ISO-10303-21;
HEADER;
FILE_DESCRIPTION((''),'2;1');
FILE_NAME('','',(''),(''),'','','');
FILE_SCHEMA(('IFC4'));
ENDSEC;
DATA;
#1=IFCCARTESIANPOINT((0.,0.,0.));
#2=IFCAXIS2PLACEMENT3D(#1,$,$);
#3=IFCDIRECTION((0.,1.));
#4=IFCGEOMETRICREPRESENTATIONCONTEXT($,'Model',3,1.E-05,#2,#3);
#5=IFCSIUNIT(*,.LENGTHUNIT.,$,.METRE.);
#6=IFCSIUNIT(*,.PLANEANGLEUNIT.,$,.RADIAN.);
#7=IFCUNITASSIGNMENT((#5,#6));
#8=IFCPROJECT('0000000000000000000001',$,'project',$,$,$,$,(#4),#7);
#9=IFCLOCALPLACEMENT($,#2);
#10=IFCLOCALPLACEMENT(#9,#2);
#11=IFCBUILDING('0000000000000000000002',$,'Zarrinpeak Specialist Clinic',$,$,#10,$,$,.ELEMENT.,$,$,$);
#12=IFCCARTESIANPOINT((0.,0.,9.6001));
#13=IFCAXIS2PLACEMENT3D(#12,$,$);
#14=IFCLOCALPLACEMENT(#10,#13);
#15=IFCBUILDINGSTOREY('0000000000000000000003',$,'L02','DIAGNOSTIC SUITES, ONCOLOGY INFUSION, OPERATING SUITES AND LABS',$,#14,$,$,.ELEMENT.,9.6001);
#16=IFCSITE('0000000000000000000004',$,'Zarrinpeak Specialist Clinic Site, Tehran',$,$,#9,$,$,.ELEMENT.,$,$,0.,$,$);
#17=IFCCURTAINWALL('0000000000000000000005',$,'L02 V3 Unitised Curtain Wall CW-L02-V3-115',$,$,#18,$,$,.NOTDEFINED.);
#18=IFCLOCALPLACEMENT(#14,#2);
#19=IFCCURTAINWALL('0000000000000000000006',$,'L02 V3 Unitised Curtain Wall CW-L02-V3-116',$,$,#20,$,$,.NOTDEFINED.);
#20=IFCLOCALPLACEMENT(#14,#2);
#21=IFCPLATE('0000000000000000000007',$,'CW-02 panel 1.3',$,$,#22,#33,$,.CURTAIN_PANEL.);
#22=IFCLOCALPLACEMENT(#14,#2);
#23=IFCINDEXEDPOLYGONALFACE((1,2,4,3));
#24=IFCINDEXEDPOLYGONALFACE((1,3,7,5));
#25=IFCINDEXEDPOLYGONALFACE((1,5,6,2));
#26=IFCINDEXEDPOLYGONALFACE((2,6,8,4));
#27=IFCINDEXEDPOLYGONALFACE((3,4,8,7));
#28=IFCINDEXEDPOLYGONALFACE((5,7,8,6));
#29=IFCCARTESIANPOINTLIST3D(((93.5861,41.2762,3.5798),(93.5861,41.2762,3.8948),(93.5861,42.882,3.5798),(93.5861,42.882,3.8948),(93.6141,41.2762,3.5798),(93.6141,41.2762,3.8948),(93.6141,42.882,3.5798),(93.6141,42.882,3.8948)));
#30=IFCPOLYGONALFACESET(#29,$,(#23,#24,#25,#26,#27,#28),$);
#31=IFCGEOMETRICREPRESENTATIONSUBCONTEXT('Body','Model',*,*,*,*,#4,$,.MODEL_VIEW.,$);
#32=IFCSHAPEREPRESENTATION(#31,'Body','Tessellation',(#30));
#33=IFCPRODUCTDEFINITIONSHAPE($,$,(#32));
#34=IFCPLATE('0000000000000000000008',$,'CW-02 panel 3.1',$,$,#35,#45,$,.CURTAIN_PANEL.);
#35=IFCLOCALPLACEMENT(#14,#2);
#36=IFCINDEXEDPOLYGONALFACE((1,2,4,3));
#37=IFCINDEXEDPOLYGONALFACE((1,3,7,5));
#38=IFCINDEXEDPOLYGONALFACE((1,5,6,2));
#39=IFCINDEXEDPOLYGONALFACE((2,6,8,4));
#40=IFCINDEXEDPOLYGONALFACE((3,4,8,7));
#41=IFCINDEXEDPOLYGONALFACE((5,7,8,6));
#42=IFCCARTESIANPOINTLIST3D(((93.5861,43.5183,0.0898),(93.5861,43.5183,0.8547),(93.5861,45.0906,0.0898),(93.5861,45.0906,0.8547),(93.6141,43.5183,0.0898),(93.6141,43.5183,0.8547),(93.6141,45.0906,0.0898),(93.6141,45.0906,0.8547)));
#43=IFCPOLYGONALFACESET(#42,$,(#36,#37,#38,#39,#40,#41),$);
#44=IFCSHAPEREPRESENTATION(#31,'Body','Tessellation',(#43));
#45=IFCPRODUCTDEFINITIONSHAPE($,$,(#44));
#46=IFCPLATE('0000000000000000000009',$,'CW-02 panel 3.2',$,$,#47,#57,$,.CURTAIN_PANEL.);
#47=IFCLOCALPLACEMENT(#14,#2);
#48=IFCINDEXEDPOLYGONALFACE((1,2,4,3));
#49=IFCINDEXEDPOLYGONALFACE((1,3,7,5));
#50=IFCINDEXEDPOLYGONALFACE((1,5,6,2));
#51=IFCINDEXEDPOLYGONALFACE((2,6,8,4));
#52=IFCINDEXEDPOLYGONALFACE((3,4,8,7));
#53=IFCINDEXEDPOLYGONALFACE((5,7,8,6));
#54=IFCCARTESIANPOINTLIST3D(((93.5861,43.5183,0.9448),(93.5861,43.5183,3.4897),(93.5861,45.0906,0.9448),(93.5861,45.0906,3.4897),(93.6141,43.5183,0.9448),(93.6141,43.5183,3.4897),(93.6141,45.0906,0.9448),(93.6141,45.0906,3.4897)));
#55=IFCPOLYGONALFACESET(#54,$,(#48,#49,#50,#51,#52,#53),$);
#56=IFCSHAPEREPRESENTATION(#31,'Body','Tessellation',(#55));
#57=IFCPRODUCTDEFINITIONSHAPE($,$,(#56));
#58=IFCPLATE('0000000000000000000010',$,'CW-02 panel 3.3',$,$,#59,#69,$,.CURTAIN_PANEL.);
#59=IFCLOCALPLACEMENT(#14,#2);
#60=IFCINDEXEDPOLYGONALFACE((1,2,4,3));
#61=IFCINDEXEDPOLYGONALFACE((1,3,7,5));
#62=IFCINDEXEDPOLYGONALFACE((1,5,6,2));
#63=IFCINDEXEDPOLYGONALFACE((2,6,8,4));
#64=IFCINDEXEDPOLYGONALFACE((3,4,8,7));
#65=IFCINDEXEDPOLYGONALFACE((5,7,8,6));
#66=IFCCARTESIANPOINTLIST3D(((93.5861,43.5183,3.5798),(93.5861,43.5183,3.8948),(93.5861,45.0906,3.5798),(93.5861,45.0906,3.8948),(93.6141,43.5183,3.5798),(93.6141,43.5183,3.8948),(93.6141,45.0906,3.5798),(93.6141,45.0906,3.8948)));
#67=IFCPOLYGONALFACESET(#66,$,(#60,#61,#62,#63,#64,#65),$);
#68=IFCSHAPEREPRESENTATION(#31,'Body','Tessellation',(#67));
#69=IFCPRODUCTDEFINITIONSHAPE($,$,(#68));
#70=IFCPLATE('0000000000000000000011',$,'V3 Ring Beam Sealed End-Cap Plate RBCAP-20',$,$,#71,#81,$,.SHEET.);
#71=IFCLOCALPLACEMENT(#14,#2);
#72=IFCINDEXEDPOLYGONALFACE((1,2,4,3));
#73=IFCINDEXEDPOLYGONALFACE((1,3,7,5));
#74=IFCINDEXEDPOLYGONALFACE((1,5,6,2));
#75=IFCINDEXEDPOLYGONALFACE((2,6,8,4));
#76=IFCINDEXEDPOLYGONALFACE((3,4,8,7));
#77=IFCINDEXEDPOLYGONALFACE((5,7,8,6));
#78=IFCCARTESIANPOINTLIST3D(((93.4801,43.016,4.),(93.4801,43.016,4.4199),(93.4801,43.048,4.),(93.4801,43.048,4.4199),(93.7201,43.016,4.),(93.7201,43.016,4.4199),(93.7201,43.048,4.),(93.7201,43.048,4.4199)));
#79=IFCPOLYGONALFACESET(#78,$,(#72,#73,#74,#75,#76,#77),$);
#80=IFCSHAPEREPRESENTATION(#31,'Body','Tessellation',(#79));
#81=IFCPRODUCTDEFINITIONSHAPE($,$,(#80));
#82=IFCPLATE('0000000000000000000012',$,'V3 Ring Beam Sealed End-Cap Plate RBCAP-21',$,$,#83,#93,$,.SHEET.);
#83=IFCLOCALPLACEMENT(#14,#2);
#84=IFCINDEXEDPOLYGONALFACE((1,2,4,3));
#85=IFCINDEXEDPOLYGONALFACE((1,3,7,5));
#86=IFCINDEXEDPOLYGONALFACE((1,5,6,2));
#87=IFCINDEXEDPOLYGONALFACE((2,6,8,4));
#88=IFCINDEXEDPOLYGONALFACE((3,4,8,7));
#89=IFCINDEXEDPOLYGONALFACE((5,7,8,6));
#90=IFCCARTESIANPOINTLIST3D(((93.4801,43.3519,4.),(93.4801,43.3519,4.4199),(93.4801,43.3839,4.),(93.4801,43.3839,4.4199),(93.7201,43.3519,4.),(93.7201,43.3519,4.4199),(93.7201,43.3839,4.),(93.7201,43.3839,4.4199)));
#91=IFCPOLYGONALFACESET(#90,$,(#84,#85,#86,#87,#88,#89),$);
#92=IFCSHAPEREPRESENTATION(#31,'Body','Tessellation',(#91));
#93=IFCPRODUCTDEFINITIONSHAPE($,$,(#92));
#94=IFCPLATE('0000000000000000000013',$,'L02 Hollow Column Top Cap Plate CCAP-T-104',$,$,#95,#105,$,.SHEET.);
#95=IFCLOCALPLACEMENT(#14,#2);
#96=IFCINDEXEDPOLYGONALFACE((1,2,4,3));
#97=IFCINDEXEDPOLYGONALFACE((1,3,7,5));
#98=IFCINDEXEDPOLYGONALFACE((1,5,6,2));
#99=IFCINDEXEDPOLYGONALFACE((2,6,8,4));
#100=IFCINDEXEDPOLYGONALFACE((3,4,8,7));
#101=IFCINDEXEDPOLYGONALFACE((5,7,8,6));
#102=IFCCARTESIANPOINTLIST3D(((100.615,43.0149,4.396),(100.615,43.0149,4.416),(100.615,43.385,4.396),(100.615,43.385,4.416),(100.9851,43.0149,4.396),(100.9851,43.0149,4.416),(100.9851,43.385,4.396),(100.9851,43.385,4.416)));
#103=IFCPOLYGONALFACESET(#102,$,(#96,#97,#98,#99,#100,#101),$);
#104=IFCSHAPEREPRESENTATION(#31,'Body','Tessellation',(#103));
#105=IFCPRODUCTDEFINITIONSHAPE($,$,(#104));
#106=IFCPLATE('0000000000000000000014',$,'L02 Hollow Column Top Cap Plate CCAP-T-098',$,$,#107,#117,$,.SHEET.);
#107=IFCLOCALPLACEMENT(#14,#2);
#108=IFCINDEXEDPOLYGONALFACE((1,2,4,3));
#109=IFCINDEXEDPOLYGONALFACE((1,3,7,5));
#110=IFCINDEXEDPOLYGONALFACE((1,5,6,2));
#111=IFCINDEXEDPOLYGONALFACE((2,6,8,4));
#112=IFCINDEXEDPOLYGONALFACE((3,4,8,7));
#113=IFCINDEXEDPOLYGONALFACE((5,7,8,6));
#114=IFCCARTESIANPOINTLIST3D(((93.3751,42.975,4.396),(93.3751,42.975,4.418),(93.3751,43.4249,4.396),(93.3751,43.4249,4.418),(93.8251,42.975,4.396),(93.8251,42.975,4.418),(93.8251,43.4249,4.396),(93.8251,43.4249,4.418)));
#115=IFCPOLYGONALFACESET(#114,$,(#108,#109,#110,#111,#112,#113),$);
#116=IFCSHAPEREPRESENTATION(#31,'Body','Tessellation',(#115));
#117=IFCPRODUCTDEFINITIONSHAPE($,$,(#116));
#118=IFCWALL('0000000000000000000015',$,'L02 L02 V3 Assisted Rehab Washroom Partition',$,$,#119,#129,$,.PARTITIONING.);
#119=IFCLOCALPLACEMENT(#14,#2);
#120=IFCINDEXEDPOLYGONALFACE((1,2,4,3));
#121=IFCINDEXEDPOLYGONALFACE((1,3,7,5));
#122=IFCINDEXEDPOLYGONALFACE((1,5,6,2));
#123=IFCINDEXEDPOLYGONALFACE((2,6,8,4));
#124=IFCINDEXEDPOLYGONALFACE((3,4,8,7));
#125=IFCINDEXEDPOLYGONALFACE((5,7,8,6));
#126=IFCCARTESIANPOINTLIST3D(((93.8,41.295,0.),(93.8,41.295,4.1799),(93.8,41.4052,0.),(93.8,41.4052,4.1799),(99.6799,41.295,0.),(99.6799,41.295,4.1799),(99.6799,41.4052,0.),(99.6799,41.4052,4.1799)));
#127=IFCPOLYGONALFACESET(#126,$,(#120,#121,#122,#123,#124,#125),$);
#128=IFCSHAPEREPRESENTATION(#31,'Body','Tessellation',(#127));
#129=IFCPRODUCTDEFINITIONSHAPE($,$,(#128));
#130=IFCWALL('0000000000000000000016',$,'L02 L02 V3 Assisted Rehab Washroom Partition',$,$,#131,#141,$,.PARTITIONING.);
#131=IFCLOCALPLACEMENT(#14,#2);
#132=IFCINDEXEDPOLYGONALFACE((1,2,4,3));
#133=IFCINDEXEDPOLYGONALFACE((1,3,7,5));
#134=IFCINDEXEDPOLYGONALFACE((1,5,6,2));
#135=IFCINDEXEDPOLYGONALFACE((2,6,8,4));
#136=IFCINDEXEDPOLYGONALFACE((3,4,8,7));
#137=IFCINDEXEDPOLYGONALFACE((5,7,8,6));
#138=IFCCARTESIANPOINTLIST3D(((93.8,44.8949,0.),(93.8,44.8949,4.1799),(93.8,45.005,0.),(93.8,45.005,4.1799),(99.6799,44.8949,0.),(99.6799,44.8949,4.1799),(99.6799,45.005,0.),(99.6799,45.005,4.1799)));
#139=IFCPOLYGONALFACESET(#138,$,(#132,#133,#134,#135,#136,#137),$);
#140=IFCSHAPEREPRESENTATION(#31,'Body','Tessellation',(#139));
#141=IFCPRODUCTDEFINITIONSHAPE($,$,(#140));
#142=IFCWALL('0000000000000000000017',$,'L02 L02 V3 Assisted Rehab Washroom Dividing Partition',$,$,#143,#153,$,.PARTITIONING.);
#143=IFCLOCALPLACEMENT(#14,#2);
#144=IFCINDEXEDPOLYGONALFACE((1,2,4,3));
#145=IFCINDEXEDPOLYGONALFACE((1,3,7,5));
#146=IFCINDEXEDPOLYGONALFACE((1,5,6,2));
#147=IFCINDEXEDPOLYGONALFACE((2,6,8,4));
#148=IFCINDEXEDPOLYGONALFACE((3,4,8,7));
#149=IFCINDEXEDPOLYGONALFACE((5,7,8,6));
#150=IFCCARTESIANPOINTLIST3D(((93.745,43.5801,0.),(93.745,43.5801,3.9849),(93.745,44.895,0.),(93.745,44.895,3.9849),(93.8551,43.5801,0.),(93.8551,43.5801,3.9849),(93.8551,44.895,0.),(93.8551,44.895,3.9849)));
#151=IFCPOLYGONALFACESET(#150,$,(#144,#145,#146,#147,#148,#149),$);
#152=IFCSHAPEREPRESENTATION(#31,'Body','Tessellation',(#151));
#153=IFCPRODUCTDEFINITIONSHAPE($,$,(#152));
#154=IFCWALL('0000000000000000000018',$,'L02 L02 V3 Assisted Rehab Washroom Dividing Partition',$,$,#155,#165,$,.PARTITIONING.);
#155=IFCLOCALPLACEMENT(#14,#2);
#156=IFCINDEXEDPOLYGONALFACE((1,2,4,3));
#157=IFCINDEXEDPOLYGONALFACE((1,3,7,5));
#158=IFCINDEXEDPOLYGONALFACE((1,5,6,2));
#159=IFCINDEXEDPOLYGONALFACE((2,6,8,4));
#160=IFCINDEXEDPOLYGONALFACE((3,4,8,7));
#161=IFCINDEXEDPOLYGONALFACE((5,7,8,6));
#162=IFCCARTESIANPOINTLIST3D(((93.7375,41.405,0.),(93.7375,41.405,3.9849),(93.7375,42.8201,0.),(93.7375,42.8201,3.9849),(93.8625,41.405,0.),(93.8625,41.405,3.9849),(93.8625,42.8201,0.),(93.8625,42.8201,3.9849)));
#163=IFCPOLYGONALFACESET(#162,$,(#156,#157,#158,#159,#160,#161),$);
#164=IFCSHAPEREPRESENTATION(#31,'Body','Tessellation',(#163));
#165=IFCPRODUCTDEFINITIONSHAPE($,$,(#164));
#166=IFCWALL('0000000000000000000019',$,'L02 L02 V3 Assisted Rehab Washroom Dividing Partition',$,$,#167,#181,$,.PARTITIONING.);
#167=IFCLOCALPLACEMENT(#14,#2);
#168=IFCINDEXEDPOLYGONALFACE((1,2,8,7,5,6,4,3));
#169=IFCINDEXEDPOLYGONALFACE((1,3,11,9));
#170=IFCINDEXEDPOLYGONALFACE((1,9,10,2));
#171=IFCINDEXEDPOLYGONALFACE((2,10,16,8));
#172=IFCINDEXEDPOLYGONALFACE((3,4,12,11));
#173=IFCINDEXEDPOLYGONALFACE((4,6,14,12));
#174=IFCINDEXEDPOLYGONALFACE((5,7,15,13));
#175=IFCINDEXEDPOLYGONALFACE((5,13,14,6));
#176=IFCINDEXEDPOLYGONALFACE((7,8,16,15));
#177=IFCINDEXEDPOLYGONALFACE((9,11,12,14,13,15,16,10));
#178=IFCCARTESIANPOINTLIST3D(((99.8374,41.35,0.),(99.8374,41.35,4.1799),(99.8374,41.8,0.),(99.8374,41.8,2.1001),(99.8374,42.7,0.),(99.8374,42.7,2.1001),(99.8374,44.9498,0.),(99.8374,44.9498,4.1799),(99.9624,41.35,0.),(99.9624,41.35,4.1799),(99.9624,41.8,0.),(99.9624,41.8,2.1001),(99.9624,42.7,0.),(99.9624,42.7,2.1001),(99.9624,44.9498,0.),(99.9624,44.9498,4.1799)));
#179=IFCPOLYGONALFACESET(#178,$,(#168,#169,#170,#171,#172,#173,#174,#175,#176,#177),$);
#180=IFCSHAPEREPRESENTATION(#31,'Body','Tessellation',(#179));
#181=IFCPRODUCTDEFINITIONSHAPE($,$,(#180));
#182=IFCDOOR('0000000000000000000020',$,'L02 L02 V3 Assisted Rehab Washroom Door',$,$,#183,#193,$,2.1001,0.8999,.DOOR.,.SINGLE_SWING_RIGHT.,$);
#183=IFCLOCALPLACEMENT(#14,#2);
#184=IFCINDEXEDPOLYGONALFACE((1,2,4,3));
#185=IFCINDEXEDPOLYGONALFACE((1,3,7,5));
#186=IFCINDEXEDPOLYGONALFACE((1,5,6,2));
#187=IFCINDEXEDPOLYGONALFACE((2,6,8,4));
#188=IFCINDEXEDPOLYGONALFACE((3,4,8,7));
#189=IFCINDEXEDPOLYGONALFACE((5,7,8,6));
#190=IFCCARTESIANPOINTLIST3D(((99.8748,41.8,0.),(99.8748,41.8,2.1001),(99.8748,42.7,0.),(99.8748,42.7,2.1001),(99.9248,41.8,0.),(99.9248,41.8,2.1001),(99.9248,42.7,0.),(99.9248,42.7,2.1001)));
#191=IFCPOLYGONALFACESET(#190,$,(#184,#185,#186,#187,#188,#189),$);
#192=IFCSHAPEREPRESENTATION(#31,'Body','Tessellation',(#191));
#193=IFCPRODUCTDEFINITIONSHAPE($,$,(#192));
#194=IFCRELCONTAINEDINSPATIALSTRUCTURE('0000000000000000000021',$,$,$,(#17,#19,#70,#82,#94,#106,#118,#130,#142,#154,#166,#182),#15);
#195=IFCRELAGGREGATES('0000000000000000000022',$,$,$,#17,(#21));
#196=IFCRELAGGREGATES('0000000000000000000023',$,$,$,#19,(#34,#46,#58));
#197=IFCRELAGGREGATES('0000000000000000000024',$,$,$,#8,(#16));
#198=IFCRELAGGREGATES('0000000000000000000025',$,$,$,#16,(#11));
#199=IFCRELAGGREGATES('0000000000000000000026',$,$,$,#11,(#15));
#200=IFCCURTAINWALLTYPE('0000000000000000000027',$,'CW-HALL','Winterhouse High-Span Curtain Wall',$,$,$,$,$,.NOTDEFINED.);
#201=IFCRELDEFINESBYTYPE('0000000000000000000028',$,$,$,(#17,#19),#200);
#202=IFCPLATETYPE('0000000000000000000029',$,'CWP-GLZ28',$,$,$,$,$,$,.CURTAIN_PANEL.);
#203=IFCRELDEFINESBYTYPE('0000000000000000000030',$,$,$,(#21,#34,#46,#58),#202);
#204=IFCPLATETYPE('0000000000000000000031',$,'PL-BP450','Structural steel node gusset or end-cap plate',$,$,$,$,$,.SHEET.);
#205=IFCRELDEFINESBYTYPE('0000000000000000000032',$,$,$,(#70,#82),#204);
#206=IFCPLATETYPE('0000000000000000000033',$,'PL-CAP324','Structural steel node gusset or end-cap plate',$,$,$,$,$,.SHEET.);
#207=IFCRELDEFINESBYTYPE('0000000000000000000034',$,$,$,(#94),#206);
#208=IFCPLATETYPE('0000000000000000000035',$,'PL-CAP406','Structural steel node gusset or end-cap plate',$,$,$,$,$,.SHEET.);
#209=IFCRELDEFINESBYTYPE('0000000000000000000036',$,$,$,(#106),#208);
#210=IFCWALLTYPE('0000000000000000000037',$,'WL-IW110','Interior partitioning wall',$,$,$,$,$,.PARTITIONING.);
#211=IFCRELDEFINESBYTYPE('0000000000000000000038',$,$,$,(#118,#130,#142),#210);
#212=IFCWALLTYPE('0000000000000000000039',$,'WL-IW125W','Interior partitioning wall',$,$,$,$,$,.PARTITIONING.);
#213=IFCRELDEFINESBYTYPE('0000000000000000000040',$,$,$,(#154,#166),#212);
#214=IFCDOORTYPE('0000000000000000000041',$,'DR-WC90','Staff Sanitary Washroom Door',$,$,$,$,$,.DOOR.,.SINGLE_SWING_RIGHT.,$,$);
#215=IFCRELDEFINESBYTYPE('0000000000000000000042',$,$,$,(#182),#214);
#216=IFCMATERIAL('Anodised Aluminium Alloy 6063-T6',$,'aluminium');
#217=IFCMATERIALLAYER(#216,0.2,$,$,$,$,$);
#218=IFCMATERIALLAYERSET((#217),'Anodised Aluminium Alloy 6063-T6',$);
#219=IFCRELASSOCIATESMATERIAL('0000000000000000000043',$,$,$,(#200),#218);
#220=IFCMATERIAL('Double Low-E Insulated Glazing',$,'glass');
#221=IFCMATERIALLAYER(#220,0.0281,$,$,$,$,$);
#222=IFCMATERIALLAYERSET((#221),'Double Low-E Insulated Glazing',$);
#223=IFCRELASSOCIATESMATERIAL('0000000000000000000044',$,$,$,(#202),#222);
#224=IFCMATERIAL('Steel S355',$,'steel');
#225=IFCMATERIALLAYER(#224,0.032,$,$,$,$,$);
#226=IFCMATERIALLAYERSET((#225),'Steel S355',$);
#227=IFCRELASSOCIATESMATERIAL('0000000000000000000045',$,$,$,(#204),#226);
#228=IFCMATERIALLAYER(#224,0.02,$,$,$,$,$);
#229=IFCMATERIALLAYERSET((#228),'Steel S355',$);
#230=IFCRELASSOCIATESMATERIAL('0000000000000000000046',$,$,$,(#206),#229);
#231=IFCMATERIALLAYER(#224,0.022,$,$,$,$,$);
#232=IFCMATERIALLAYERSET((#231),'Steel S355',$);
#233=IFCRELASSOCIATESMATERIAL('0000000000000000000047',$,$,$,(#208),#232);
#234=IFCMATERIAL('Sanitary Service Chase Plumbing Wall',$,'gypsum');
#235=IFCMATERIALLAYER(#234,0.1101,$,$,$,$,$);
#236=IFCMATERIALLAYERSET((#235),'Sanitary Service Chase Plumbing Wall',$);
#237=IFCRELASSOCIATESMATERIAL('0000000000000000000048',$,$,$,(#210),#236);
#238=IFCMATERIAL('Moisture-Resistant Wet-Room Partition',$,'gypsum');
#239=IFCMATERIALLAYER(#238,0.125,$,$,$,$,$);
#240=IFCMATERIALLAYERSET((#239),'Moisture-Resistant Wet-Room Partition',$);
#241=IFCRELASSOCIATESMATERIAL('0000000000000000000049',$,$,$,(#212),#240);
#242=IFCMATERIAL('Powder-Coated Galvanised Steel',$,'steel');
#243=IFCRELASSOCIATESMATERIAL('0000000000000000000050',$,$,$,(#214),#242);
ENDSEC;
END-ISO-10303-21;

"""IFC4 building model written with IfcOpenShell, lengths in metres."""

from ifc_helpers import new_model, si_unit, direction, frame, frame_2d, origin, origin_2d, place, context, subcontext, project, spatial, rectangle, extrude, material, layer, layer_set, type_object, element, fill, aggregate, save


model = new_model("IFC4")

# Units and contexts
model_context = context("Model", 3, precision=1e-05, world=origin(), true_north=direction((0.0, 1.0)))
body_context = subcontext(model_context, "Body", "Model", "MODEL_VIEW")
ifc_project = project(units=[si_unit("LENGTHUNIT", "METRE"), si_unit("PLANEANGLEUNIT", "RADIAN")], contexts=[model_context])

# Site, building, storey
site_placement = place(None, origin())
site = spatial("IfcSite", under=ifc_project, at=site_placement, Name="Zarrinpeak Specialist Clinic Site, Tehran", CompositionType="ELEMENT", RefElevation=0.0)
building_placement = place(site_placement, origin())
building = spatial("IfcBuilding", under=site, at=building_placement, Name="Zarrinpeak Specialist Clinic", CompositionType="ELEMENT")
storey_placement = place(building_placement, frame((0.0, 0.0, 9.6001)))
storey = spatial("IfcBuildingStorey", under=building, at=storey_placement, Name="L02", Description="DIAGNOSTIC SUITES, ONCOLOGY INFUSION, OPERATING SUITES AND LABS", CompositionType="ELEMENT", Elevation=9.6001)

# Shared definitions
ifc_material_1 = material(Name="Steel S355", Category="steel")

# Curtain wall
ifc_material_2 = material(Name="Anodised Aluminium Alloy 6063-T6", Category="aluminium")
ifc_layer_1 = layer(ifc_material_2, 0.2)
ifc_layer_set_1 = layer_set([ifc_layer_1], Name="Anodised Aluminium Alloy 6063-T6")
curtain_wall_type = type_object("IfcCurtainWallType", Name="CW-HALL", Description="Winterhouse High-Span Curtain Wall", PredefinedType="NOTDEFINED", material=ifc_layer_set_1)
curtain_wall_1_placement = place(storey_placement, origin())
curtain_wall_1 = element("IfcCurtainWall", 1, at=curtain_wall_1_placement, inside=storey, type_object=curtain_wall_type, Name="L02 V3 Unitised Curtain Wall CW-L02-V3-115", PredefinedType="NOTDEFINED")

# Curtain wall
curtain_wall_2_placement = place(storey_placement, origin())
curtain_wall_2 = element("IfcCurtainWall", 2, at=curtain_wall_2_placement, inside=storey, type_object=curtain_wall_type, Name="L02 V3 Unitised Curtain Wall CW-L02-V3-116", PredefinedType="NOTDEFINED")

# Plates
ifc_material_3 = material(Name="Double Low-E Insulated Glazing", Category="glass")
ifc_layer_2 = layer(ifc_material_3, 0.0281)
ifc_layer_set_2 = layer_set([ifc_layer_2], Name="Double Low-E Insulated Glazing")
plate_type_1 = type_object("IfcPlateType", Name="CWP-GLZ28", PredefinedType="CURTAIN_PANEL", material=ifc_layer_set_2)
plate_1_placement = place(storey_placement, frame((93.6001, 42.0791, 3.5798), z_axis=(0.0, 0.0, 1.0), x_axis=(0.0, -1.0, 0.0)))
plate_1 = element("IfcPlate", 3, at=plate_1_placement, type_object=plate_type_1, Name="CW-02 panel 1.3", PredefinedType="CURTAIN_PANEL", context=body_context, shape_type="SweptSolid", body=[
    extrude(rectangle(XDim=1.6057, YDim=0.0281, at=origin_2d()), origin(), (0.0, 0.0, 1.0), 0.3149),
])
aggregate(curtain_wall_1, [plate_1])
plate_2_placement = place(storey_placement, frame((93.6001, 44.3044, 0.0898), z_axis=(0.0, 0.0, 1.0), x_axis=(0.0, -1.0, 0.0)))
plate_2 = element("IfcPlate", 4, at=plate_2_placement, type_object=plate_type_1, Name="CW-02 panel 3.1", PredefinedType="CURTAIN_PANEL", context=body_context, shape_type="SweptSolid", body=[
    extrude(rectangle(XDim=1.5723, YDim=0.0281, at=origin_2d()), origin(), (0.0, 0.0, 1.0), 0.7649),
])
plate_3_placement = place(storey_placement, frame((93.6001, 44.3044, 0.9448), z_axis=(0.0, 0.0, 1.0), x_axis=(0.0, -1.0, 0.0)))
plate_3 = element("IfcPlate", 5, at=plate_3_placement, type_object=plate_type_1, Name="CW-02 panel 3.2", PredefinedType="CURTAIN_PANEL", context=body_context, shape_type="SweptSolid", body=[
    extrude(rectangle(XDim=1.5723, YDim=0.0281, at=origin_2d()), origin(), (0.0, 0.0, 1.0), 2.5449),
])
plate_4_placement = place(storey_placement, frame((93.6001, 44.3044, 3.5798), z_axis=(0.0, 0.0, 1.0), x_axis=(0.0, -1.0, 0.0)))
plate_4 = element("IfcPlate", 6, at=plate_4_placement, type_object=plate_type_1, Name="CW-02 panel 3.3", PredefinedType="CURTAIN_PANEL", context=body_context, shape_type="SweptSolid", body=[
    extrude(rectangle(XDim=1.5723, YDim=0.0281, at=origin_2d()), origin(), (0.0, 0.0, 1.0), 0.3149),
])
aggregate(curtain_wall_2, [plate_2, plate_3, plate_4])

# Plates
ifc_layer_3 = layer(ifc_material_1, 0.032)
ifc_layer_set_3 = layer_set([ifc_layer_3], Name="Steel S355")
plate_type_2 = type_object("IfcPlateType", Name="PL-BP450", Description="Structural steel node gusset or end-cap plate", PredefinedType="SHEET", material=ifc_layer_set_3)
for number, where, z_axis, x_axis, name in (
    (7, (93.6001, 43.032, 4.0), (0.0, 0.0, 1.0), (1.0, 0.0, 0.0), "V3 Ring Beam Sealed End-Cap Plate RBCAP-20"),
    (8, (93.6001, 43.3679, 4.0), (0.0, 0.0, 1.0), (1.0, 0.0, 0.0), "V3 Ring Beam Sealed End-Cap Plate RBCAP-21"),
):
    element("IfcPlate", number, at=place(storey_placement, frame(where, z_axis=z_axis, x_axis=x_axis)), inside=storey, type_object=plate_type_2, Name=name, PredefinedType="SHEET", context=body_context, shape_type="SweptSolid", body=[
        extrude(rectangle(XDim=0.24, YDim=0.032, at=origin_2d()), origin(), (0.0, 0.0, 1.0), 0.4199),
    ])
ifc_layer_4 = layer(ifc_material_1, 0.02)
ifc_layer_set_4 = layer_set([ifc_layer_4], Name="Steel S355")
plate_type_3 = type_object("IfcPlateType", Name="PL-CAP324", Description="Structural steel node gusset or end-cap plate", PredefinedType="SHEET", material=ifc_layer_set_4)
plate_5_placement = place(storey_placement, frame((100.8, 43.2, 4.396), z_axis=(0.0, 0.0, 1.0), x_axis=(1.0, 0.0, 0.0)))
element("IfcPlate", 9, at=plate_5_placement, inside=storey, type_object=plate_type_3, Name="L02 Hollow Column Top Cap Plate CCAP-T-104", PredefinedType="SHEET", context=body_context, shape_type="SweptSolid", body=[
    extrude(rectangle(XDim=0.3701, YDim=0.3701, at=origin_2d()), origin(), (0.0, 0.0, 1.0), 0.02),
])
ifc_layer_5 = layer(ifc_material_1, 0.022)
ifc_layer_set_5 = layer_set([ifc_layer_5], Name="Steel S355")
plate_type_4 = type_object("IfcPlateType", Name="PL-CAP406", Description="Structural steel node gusset or end-cap plate", PredefinedType="SHEET", material=ifc_layer_set_5)
plate_6_placement = place(storey_placement, frame((93.6001, 43.2, 4.396), z_axis=(0.0, 0.0, 1.0), x_axis=(1.0, 0.0, 0.0)))
element("IfcPlate", 10, at=plate_6_placement, inside=storey, type_object=plate_type_4, Name="L02 Hollow Column Top Cap Plate CCAP-T-098", PredefinedType="SHEET", context=body_context, shape_type="SweptSolid", body=[
    extrude(rectangle(XDim=0.45, YDim=0.45, at=origin_2d()), origin(), (0.0, 0.0, 1.0), 0.022),
])

# Walls
ifc_material_4 = material(Name="Sanitary Service Chase Plumbing Wall", Category="gypsum")
ifc_layer_6 = layer(ifc_material_4, 0.1101)
ifc_layer_set_6 = layer_set([ifc_layer_6], Name="Sanitary Service Chase Plumbing Wall")
wall_type_1 = type_object("IfcWallType", Name="WL-IW110", Description="Interior partitioning wall", PredefinedType="PARTITIONING", material=ifc_layer_set_6)
for number, where, z_axis, x_axis, name in (
    (11, (93.8, 41.3501, 0.0), (0.0, 0.0, 1.0), (1.0, 0.0, 0.0), "L02 L02 V3 Assisted Rehab Washroom Partition"),
    (12, (93.8, 44.95, 0.0), (0.0, 0.0, 1.0), (1.0, 0.0, 0.0), "L02 L02 V3 Assisted Rehab Washroom Partition"),
):
    element("IfcWall", number, at=place(storey_placement, frame(where, z_axis=z_axis, x_axis=x_axis)), inside=storey, type_object=wall_type_1, Name=name, PredefinedType="PARTITIONING", context=body_context, shape_type="SweptSolid", body=[
        extrude(rectangle(XDim=5.8799, YDim=0.1101, at=frame_2d((2.9399, 0.0))), origin(), (0.0, 0.0, 1.0), 4.1799),
    ])
wall_1_placement = place(storey_placement, frame((93.8, 43.5801, 0.0), z_axis=(0.0, 0.0, 1.0), x_axis=(0.0, 1.0, 0.0)))
element("IfcWall", 13, at=wall_1_placement, inside=storey, type_object=wall_type_1, Name="L02 L02 V3 Assisted Rehab Washroom Dividing Partition", PredefinedType="PARTITIONING", context=body_context, shape_type="SweptSolid", body=[
    extrude(rectangle(XDim=1.3149, YDim=0.1101, at=frame_2d((0.6575, 0.0))), origin(), (0.0, 0.0, 1.0), 3.9849),
])
ifc_material_5 = material(Name="Moisture-Resistant Wet-Room Partition", Category="gypsum")
ifc_layer_7 = layer(ifc_material_5, 0.125)
ifc_layer_set_7 = layer_set([ifc_layer_7], Name="Moisture-Resistant Wet-Room Partition")
wall_type_2 = type_object("IfcWallType", Name="WL-IW125W", Description="Interior partitioning wall", PredefinedType="PARTITIONING", material=ifc_layer_set_7)
wall_2_placement = place(storey_placement, frame((93.8, 41.405, 0.0), z_axis=(0.0, 0.0, 1.0), x_axis=(0.0, 1.0, 0.0)))
element("IfcWall", 14, at=wall_2_placement, inside=storey, type_object=wall_type_2, Name="L02 L02 V3 Assisted Rehab Washroom Dividing Partition", PredefinedType="PARTITIONING", context=body_context, shape_type="SweptSolid", body=[
    extrude(rectangle(XDim=1.415, YDim=0.125, at=frame_2d((0.7075, 0.0))), origin(), (0.0, 0.0, 1.0), 3.9849),
])

# Wall, opening, door
wall_3_placement = place(storey_placement, frame((99.8999, 41.3501, 0.0), z_axis=(0.0, 0.0, 1.0), x_axis=(0.0, 1.0, 0.0)))
wall_3 = element("IfcWall", 15, at=wall_3_placement, inside=storey, type_object=wall_type_2, Name="L02 L02 V3 Assisted Rehab Washroom Dividing Partition", PredefinedType="PARTITIONING", context=body_context, shape_type="SweptSolid", body=[
    extrude(rectangle(XDim=3.5999, YDim=0.125, at=frame_2d((1.7998, 0.0))), origin(), (0.0, 0.0, 1.0), 4.1799),
])
opening_placement = place(wall_3_placement, frame((0.45, 0.0, 0.0)))
opening = element("IfcOpeningElement", 16, at=opening_placement, cuts=wall_3, PredefinedType="OPENING", context=body_context, shape_type="SweptSolid", body=[
    extrude(rectangle(XDim=0.8999, YDim=2.1001, at=frame_2d((0.45, 1.05))), frame((0.0, 0.0725, 0.0), z_axis=(0.0, -1.0, 0.0), x_axis=(1.0, 0.0, 0.0)), (0.0, 0.0, 1.0), 0.145),
])
ifc_material_6 = material(Name="Powder-Coated Galvanised Steel", Category="steel")
door_type = type_object("IfcDoorType", Name="DR-WC90", Description="Staff Sanitary Washroom Door", OperationType="SINGLE_SWING_RIGHT", PredefinedType="DOOR", material=ifc_material_6)
door_placement = place(opening_placement, frame((0.8999, 0.0, 0.0), z_axis=(0.0, 0.0, 1.0), x_axis=(-1.0, 0.0, 0.0)))
door = element("IfcDoor", 17, at=door_placement, inside=storey, type_object=door_type, Name="L02 L02 V3 Assisted Rehab Washroom Door", OperationType="SINGLE_SWING_RIGHT", OverallHeight=2.1001, OverallWidth=0.8999, PredefinedType="DOOR", context=body_context, shape_type="SweptSolid", body=[
    extrude(rectangle(XDim=0.8999, YDim=2.1001, at=frame_2d((0.45, 1.05))), frame((0.0, 0.0249, 0.0), z_axis=(0.0, -1.0, 0.0), x_axis=(1.0, 0.0, 0.0)), (0.0, 0.0, 1.0), 0.05),
])
fill(opening, door)

save(model, "model.ifc")
